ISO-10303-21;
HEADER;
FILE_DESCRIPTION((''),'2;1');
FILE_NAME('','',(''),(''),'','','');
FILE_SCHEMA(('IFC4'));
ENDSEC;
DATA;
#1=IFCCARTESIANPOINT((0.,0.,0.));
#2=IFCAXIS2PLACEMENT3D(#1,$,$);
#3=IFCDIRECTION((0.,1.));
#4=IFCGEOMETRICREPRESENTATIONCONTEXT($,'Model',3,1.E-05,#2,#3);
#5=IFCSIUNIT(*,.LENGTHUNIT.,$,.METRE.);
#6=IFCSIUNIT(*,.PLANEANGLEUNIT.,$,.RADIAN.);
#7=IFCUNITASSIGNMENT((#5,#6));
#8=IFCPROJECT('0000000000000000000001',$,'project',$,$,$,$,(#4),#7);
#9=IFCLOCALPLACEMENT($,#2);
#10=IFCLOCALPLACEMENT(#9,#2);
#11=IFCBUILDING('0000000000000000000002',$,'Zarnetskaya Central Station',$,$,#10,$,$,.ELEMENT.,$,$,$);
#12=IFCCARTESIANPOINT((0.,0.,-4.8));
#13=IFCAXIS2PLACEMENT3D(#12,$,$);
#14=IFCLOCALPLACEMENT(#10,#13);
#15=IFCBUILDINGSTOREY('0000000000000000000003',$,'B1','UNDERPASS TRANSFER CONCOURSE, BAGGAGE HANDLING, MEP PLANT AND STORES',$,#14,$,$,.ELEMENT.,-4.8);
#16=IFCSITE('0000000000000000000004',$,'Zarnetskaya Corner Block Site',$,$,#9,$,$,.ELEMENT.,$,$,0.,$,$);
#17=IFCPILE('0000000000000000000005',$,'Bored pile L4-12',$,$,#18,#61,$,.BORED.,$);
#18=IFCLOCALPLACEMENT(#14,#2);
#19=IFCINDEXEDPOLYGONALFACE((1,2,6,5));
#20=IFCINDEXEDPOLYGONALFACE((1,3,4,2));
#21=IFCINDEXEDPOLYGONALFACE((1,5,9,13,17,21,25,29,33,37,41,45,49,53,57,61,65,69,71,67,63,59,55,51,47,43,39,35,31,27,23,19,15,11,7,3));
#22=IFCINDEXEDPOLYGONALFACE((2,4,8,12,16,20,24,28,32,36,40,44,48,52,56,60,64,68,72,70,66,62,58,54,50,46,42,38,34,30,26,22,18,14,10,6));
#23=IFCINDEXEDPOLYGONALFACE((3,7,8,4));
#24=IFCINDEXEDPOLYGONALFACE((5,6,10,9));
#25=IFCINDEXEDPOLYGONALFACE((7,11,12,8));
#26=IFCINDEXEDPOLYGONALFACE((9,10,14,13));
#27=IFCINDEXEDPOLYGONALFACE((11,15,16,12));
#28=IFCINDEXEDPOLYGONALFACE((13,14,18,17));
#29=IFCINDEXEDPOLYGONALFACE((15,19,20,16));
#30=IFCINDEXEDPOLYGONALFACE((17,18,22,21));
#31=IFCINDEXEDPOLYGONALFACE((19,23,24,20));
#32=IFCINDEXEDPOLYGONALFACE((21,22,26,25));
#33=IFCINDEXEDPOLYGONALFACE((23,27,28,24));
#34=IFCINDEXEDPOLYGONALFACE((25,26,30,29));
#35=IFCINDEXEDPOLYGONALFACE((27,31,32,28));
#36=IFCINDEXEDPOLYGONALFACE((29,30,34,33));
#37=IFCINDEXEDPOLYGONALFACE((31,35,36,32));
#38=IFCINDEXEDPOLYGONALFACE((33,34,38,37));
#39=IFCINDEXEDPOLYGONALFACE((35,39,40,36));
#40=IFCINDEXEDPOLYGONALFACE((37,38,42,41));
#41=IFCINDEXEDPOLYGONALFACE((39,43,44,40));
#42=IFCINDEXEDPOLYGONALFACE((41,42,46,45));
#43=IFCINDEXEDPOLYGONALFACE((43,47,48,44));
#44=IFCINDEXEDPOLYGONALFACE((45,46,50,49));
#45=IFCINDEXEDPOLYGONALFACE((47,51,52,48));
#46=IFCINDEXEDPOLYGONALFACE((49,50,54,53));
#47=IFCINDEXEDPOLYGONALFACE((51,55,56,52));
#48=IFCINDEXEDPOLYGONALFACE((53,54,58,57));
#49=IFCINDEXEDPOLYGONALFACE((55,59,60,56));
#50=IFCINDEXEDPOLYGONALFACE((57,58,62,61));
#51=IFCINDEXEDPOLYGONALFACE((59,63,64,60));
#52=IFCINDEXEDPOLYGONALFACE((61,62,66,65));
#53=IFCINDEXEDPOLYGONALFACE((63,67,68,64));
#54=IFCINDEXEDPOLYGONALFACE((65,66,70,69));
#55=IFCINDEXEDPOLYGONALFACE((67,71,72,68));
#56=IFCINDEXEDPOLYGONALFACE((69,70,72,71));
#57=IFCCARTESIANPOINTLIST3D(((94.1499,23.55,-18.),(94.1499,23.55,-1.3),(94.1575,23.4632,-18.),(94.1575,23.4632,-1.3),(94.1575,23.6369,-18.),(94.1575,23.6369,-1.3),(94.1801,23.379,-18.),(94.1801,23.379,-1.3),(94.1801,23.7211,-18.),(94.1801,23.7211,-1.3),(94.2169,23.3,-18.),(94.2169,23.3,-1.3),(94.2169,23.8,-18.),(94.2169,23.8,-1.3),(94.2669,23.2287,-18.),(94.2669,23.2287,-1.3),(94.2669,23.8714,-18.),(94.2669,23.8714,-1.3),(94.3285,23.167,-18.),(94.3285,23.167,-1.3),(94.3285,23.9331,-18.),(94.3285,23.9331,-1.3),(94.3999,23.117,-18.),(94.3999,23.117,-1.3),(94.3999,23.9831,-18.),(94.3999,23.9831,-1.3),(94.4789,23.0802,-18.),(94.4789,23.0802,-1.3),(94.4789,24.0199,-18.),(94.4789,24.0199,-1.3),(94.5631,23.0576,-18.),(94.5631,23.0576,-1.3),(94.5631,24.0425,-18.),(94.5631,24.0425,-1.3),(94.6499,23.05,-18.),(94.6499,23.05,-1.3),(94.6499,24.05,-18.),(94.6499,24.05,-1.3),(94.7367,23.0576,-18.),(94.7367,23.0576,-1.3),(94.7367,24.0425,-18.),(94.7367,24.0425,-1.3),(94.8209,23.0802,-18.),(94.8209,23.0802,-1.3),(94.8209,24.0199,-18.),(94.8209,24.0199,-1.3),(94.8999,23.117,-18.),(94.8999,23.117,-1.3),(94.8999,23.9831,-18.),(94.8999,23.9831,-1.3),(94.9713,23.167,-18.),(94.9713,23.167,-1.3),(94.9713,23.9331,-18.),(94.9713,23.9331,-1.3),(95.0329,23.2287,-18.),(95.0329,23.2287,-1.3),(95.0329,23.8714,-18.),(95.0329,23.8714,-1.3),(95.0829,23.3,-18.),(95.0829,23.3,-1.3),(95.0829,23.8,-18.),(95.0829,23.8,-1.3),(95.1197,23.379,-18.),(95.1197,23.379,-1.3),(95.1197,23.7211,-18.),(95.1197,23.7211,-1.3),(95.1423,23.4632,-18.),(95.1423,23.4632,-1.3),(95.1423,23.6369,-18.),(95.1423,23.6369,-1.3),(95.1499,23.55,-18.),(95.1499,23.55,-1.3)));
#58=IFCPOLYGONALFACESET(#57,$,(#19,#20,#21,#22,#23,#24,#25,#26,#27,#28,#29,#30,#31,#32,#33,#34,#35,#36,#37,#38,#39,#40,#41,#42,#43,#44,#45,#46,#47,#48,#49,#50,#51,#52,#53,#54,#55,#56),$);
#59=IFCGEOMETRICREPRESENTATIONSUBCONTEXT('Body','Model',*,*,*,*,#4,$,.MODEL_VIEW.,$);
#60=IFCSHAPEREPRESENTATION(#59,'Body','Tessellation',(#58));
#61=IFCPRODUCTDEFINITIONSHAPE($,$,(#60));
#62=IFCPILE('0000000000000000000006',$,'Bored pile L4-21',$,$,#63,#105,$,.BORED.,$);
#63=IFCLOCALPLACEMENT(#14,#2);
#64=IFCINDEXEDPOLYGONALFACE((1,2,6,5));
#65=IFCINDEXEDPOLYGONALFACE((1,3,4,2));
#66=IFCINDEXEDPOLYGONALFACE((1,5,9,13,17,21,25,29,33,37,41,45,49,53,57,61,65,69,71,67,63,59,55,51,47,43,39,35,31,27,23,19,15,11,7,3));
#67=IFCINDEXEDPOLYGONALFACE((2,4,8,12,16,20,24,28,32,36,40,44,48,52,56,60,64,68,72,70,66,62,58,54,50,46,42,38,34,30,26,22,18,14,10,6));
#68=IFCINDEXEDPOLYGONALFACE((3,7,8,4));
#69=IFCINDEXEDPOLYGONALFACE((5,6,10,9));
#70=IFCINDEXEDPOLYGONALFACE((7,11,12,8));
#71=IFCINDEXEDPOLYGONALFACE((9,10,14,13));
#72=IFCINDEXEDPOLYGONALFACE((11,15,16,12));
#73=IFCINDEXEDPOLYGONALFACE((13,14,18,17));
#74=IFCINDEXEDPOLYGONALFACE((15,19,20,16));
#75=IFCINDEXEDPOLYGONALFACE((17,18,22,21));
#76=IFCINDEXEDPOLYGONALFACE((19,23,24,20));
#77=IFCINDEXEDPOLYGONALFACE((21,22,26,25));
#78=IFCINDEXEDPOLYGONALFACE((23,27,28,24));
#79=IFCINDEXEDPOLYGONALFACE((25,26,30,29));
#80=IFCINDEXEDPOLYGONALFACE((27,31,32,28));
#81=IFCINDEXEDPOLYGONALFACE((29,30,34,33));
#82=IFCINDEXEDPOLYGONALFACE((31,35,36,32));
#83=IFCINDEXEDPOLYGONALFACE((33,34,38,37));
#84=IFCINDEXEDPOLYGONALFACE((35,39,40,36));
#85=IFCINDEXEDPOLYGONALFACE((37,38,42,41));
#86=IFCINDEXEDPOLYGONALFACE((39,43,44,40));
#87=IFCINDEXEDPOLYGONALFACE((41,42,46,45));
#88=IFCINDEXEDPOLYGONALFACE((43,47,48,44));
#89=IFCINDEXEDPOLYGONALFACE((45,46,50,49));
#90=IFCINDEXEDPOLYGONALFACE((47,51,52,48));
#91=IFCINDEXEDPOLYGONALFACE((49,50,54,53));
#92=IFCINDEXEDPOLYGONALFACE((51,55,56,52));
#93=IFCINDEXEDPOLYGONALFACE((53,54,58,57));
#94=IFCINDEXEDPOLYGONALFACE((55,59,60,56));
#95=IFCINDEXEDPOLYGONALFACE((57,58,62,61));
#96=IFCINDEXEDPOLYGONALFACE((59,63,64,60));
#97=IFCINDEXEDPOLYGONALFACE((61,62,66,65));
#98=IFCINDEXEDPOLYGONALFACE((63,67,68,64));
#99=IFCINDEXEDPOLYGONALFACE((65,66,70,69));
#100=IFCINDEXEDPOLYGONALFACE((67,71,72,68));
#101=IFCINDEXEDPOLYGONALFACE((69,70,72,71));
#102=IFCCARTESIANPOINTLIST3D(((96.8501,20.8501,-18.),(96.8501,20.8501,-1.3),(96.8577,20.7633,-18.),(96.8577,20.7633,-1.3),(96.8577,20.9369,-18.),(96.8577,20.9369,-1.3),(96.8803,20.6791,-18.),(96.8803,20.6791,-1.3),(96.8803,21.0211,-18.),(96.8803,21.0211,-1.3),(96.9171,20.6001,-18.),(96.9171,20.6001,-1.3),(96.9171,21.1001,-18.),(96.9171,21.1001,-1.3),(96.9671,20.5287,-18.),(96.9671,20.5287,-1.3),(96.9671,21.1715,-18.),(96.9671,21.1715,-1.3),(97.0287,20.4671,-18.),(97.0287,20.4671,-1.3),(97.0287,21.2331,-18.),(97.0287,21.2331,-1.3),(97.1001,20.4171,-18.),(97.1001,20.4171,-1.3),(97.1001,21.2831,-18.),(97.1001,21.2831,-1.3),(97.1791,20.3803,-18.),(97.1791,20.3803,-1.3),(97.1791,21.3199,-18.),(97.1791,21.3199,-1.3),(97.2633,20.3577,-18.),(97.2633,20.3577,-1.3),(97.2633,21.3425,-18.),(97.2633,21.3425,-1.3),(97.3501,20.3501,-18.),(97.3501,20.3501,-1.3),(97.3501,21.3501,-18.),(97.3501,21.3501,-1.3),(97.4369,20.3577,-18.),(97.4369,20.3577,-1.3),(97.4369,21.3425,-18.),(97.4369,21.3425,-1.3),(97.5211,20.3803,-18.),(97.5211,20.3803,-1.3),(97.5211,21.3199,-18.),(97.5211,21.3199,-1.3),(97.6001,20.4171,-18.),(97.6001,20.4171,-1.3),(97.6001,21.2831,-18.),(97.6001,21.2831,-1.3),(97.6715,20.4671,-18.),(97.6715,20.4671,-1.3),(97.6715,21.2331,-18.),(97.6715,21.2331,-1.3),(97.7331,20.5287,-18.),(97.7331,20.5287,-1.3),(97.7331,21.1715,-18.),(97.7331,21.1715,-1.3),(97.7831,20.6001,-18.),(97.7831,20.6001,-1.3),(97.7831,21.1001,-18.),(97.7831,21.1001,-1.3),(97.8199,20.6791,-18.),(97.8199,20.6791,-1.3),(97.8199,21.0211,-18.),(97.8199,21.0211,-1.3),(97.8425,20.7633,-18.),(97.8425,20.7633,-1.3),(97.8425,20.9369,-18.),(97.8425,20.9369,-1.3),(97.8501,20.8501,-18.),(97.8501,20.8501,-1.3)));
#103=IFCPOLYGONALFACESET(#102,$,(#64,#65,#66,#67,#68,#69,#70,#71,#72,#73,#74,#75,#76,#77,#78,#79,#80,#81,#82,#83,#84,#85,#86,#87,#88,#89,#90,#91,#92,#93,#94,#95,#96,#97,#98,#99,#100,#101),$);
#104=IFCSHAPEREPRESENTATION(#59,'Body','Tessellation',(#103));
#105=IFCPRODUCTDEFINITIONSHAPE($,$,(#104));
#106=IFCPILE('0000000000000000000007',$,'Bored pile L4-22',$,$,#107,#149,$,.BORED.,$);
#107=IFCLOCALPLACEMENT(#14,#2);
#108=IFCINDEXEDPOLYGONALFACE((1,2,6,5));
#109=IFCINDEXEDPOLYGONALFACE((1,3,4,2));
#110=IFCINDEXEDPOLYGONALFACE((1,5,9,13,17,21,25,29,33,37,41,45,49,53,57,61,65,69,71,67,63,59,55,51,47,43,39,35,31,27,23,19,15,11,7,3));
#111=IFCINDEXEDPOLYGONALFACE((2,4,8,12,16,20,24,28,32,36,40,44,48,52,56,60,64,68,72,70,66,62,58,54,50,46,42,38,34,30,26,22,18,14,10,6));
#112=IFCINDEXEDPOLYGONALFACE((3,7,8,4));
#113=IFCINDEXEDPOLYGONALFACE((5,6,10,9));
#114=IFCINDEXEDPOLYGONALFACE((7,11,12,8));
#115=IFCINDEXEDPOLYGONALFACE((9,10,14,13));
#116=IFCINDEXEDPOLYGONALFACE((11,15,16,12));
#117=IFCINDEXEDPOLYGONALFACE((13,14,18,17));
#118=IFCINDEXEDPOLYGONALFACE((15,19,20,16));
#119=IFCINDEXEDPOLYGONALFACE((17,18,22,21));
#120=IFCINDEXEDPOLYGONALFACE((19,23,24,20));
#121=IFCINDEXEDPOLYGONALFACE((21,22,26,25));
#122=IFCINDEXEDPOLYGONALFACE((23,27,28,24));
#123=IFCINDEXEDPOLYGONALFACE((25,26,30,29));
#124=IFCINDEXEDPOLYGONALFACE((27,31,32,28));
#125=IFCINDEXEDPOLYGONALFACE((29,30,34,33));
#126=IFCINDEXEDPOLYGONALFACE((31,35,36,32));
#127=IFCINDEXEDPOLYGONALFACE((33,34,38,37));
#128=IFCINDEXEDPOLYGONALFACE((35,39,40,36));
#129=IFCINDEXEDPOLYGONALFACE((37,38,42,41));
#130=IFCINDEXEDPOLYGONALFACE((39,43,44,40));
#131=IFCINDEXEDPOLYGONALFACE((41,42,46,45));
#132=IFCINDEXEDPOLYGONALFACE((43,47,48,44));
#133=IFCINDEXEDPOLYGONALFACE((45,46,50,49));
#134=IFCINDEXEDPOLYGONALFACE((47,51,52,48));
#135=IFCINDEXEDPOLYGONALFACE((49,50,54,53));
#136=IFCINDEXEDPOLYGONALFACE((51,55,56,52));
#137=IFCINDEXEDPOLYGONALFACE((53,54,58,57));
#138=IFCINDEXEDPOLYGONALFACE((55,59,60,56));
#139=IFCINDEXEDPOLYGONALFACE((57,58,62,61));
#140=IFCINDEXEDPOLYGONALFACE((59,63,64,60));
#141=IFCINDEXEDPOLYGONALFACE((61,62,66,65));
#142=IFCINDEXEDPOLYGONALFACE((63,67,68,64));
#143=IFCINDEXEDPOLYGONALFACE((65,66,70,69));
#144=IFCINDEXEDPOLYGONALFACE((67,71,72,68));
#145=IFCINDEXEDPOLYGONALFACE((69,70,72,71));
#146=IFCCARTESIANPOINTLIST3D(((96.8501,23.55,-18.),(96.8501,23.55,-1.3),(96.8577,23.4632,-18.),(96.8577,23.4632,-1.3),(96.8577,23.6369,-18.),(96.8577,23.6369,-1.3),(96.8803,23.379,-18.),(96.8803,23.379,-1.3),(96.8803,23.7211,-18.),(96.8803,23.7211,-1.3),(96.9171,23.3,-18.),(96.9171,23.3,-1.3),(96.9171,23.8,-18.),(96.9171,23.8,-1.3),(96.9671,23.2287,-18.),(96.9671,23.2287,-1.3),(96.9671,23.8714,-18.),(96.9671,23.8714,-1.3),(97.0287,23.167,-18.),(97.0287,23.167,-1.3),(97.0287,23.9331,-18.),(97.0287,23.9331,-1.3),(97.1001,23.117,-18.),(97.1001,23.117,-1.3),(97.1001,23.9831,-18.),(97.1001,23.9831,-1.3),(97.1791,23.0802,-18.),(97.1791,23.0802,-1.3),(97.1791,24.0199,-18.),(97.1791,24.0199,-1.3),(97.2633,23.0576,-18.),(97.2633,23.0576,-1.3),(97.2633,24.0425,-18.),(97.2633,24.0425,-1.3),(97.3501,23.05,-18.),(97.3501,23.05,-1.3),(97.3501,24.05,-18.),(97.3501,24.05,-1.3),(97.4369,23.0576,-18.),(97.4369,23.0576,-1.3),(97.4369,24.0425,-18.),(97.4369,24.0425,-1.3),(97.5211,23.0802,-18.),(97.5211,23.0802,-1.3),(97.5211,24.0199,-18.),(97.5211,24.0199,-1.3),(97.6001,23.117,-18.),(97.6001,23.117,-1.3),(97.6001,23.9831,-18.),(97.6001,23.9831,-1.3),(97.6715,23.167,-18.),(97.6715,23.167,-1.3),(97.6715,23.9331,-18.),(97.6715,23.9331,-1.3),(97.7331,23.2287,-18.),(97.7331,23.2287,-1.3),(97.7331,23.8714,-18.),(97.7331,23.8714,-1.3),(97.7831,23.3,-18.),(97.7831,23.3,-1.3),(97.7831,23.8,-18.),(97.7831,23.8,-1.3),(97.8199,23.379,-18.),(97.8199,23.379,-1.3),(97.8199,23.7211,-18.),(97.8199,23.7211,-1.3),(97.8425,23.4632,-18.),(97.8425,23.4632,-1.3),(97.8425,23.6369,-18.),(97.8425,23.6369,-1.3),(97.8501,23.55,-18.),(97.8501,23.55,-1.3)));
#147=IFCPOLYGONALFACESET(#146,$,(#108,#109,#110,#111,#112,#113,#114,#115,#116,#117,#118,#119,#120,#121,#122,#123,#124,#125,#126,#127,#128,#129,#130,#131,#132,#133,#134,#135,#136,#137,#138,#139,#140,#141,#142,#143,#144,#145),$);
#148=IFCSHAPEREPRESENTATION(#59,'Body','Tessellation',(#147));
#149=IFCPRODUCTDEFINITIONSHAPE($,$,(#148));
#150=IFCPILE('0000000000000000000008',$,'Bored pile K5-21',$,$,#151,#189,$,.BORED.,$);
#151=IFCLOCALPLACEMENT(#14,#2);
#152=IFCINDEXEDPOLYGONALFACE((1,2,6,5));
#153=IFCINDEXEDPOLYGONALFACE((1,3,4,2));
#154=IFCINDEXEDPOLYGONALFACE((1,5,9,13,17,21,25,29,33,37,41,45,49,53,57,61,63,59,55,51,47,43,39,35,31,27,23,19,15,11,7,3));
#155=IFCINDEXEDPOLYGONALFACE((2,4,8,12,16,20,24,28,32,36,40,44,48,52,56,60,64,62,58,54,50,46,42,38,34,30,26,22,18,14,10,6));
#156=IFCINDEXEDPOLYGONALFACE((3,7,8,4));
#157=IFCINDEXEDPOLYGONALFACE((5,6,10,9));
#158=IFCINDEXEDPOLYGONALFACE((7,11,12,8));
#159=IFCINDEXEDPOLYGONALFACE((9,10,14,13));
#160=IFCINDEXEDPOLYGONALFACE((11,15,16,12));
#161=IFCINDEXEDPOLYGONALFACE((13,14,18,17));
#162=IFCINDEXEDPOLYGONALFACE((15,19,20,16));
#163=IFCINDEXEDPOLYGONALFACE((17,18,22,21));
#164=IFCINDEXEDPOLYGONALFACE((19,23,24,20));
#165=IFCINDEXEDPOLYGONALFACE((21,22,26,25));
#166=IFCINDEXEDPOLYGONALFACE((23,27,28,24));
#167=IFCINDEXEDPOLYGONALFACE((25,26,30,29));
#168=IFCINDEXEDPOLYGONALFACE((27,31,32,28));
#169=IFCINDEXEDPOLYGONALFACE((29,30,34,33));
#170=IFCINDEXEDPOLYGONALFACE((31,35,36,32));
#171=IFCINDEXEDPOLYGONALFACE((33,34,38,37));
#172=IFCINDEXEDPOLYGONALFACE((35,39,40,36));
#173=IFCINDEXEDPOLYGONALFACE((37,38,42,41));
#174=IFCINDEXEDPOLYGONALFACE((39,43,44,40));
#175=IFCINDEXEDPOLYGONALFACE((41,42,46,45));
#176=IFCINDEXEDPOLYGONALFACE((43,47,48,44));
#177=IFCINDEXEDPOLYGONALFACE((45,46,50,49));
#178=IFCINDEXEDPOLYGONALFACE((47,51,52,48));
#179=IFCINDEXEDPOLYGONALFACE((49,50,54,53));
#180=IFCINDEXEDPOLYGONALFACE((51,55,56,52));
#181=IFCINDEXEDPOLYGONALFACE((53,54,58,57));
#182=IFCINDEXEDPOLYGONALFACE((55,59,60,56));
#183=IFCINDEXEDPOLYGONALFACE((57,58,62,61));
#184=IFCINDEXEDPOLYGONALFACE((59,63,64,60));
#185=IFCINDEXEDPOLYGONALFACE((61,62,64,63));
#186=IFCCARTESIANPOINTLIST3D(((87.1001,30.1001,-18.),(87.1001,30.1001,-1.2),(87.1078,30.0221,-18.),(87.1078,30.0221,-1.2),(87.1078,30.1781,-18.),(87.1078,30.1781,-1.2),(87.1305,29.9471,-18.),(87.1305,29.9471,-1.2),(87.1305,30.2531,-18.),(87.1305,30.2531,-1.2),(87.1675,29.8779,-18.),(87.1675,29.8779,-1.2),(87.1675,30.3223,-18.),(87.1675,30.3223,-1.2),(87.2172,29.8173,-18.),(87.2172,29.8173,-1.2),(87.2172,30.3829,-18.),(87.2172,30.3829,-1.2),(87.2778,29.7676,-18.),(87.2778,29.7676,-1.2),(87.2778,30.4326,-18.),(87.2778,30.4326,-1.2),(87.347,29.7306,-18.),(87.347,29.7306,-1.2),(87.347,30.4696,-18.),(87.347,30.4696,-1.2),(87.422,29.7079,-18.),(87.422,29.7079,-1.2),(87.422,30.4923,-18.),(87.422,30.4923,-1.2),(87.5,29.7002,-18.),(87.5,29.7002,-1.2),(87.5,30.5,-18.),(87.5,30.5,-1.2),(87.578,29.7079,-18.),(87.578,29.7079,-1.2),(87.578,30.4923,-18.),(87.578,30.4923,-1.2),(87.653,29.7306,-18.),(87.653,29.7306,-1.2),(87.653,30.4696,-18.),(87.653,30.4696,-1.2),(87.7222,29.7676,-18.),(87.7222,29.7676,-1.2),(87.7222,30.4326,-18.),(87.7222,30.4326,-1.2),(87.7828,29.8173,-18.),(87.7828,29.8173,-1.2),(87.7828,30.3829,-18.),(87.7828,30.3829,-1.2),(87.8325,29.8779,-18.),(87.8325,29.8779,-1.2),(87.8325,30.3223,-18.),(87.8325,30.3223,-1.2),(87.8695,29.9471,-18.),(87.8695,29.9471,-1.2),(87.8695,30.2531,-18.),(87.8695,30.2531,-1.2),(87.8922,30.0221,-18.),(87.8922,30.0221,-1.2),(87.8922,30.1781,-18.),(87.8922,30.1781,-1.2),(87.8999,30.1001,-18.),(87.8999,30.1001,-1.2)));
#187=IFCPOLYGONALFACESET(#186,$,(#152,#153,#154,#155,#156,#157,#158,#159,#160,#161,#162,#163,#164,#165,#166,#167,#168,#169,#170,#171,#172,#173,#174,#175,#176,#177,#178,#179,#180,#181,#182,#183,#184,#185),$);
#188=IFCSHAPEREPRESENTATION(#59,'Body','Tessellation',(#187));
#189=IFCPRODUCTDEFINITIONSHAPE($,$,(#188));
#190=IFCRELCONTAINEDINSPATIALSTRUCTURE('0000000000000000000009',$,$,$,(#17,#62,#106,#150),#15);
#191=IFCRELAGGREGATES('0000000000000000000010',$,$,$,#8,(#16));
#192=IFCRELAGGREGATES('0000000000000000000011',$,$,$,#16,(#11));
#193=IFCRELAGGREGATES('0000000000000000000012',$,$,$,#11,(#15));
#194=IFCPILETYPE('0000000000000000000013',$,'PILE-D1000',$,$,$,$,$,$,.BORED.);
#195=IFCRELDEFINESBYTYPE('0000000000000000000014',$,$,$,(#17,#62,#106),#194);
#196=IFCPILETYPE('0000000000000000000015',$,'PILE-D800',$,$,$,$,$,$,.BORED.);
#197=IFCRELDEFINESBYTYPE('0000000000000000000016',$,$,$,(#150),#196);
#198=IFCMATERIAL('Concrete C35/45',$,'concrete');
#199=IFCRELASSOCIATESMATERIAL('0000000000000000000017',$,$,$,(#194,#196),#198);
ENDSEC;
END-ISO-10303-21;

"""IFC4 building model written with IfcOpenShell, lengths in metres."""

from ifc_helpers import new_model, si_unit, direction, frame, origin, origin_2d, place, context, subcontext, project, spatial, circle, extrude, material, material_profile, profile_set, type_object, element, save


model = new_model("IFC4")

# Units and contexts
model_context = context("Model", 3, precision=1e-05, world=origin(), true_north=direction((0.0, 1.0)))
body_context = subcontext(model_context, "Body", "Model", "MODEL_VIEW")
ifc_project = project(units=[si_unit("LENGTHUNIT", "METRE"), si_unit("PLANEANGLEUNIT", "RADIAN")], contexts=[model_context])

# Site, building, storey
site_placement = place(None, origin())
site = spatial("IfcSite", under=ifc_project, at=site_placement, Name="Zarnetskaya Corner Block Site", CompositionType="ELEMENT", RefElevation=0.0)
building_placement = place(site_placement, origin())
building = spatial("IfcBuilding", under=site, at=building_placement, Name="Zarnetskaya Central Station", CompositionType="ELEMENT")
storey_placement = place(building_placement, frame((0.0, 0.0, -4.8)))
storey = spatial("IfcBuildingStorey", under=building, at=storey_placement, Name="B1", Description="UNDERPASS TRANSFER CONCOURSE, BAGGAGE HANDLING, MEP PLANT AND STORES", CompositionType="ELEMENT", Elevation=-4.8)

# Shared definitions
ifc_material = material(Name="Concrete C35/45", Category="concrete")

# Piles
ifc_material_profile_1 = material_profile(ifc_material, circle(Radius=0.5, at=origin_2d()), Name="BORED PILE D1000")
ifc_profile_set_1 = profile_set([ifc_material_profile_1], Name="Concrete C35/45")
pile_type_1 = type_object("IfcPileType", Name="PILE-D1000", PredefinedType="BORED", material=ifc_profile_set_1)
for number, where, z_axis, x_axis, name in (
    (1, (94.6499, 23.55, -1.3), (0.0, 0.0, -1.0), (1.0, 0.0, 0.0), "Bored pile L4-12"),
    (2, (97.3501, 20.8501, -1.3), (0.0, 0.0, -1.0), (1.0, 0.0, 0.0), "Bored pile L4-21"),
    (3, (97.3501, 23.55, -1.3), (0.0, 0.0, -1.0), (1.0, 0.0, 0.0), "Bored pile L4-22"),
):
    element("IfcPile", number, at=place(storey_placement, frame(where, z_axis=z_axis, x_axis=x_axis)), inside=storey, type_object=pile_type_1, Name=name, PredefinedType="BORED", context=body_context, shape_type="SweptSolid", body=[
        extrude(circle(Radius=0.5, at=origin_2d()), origin(), (0.0, 0.0, 1.0), 16.7),
    ])
ifc_material_profile_2 = material_profile(ifc_material, circle(Radius=0.3999, at=origin_2d()), Name="BORED PILE D800")
ifc_profile_set_2 = profile_set([ifc_material_profile_2], Name="Concrete C35/45")
pile_type_2 = type_object("IfcPileType", Name="PILE-D800", PredefinedType="BORED", material=ifc_profile_set_2)
for number, where, z_axis, x_axis, name in (
    (4, (87.5, 30.1001, -1.2), (0.0, 0.0, -1.0), (1.0, 0.0, 0.0), "Bored pile K5-21"),
):
    element("IfcPile", number, at=place(storey_placement, frame(where, z_axis=z_axis, x_axis=x_axis)), inside=storey, type_object=pile_type_2, Name=name, PredefinedType="BORED", context=body_context, shape_type="SweptSolid", body=[
        extrude(circle(Radius=0.3999, at=origin_2d()), origin(), (0.0, 0.0, 1.0), 16.8),
    ])

save(model, "model.ifc")
